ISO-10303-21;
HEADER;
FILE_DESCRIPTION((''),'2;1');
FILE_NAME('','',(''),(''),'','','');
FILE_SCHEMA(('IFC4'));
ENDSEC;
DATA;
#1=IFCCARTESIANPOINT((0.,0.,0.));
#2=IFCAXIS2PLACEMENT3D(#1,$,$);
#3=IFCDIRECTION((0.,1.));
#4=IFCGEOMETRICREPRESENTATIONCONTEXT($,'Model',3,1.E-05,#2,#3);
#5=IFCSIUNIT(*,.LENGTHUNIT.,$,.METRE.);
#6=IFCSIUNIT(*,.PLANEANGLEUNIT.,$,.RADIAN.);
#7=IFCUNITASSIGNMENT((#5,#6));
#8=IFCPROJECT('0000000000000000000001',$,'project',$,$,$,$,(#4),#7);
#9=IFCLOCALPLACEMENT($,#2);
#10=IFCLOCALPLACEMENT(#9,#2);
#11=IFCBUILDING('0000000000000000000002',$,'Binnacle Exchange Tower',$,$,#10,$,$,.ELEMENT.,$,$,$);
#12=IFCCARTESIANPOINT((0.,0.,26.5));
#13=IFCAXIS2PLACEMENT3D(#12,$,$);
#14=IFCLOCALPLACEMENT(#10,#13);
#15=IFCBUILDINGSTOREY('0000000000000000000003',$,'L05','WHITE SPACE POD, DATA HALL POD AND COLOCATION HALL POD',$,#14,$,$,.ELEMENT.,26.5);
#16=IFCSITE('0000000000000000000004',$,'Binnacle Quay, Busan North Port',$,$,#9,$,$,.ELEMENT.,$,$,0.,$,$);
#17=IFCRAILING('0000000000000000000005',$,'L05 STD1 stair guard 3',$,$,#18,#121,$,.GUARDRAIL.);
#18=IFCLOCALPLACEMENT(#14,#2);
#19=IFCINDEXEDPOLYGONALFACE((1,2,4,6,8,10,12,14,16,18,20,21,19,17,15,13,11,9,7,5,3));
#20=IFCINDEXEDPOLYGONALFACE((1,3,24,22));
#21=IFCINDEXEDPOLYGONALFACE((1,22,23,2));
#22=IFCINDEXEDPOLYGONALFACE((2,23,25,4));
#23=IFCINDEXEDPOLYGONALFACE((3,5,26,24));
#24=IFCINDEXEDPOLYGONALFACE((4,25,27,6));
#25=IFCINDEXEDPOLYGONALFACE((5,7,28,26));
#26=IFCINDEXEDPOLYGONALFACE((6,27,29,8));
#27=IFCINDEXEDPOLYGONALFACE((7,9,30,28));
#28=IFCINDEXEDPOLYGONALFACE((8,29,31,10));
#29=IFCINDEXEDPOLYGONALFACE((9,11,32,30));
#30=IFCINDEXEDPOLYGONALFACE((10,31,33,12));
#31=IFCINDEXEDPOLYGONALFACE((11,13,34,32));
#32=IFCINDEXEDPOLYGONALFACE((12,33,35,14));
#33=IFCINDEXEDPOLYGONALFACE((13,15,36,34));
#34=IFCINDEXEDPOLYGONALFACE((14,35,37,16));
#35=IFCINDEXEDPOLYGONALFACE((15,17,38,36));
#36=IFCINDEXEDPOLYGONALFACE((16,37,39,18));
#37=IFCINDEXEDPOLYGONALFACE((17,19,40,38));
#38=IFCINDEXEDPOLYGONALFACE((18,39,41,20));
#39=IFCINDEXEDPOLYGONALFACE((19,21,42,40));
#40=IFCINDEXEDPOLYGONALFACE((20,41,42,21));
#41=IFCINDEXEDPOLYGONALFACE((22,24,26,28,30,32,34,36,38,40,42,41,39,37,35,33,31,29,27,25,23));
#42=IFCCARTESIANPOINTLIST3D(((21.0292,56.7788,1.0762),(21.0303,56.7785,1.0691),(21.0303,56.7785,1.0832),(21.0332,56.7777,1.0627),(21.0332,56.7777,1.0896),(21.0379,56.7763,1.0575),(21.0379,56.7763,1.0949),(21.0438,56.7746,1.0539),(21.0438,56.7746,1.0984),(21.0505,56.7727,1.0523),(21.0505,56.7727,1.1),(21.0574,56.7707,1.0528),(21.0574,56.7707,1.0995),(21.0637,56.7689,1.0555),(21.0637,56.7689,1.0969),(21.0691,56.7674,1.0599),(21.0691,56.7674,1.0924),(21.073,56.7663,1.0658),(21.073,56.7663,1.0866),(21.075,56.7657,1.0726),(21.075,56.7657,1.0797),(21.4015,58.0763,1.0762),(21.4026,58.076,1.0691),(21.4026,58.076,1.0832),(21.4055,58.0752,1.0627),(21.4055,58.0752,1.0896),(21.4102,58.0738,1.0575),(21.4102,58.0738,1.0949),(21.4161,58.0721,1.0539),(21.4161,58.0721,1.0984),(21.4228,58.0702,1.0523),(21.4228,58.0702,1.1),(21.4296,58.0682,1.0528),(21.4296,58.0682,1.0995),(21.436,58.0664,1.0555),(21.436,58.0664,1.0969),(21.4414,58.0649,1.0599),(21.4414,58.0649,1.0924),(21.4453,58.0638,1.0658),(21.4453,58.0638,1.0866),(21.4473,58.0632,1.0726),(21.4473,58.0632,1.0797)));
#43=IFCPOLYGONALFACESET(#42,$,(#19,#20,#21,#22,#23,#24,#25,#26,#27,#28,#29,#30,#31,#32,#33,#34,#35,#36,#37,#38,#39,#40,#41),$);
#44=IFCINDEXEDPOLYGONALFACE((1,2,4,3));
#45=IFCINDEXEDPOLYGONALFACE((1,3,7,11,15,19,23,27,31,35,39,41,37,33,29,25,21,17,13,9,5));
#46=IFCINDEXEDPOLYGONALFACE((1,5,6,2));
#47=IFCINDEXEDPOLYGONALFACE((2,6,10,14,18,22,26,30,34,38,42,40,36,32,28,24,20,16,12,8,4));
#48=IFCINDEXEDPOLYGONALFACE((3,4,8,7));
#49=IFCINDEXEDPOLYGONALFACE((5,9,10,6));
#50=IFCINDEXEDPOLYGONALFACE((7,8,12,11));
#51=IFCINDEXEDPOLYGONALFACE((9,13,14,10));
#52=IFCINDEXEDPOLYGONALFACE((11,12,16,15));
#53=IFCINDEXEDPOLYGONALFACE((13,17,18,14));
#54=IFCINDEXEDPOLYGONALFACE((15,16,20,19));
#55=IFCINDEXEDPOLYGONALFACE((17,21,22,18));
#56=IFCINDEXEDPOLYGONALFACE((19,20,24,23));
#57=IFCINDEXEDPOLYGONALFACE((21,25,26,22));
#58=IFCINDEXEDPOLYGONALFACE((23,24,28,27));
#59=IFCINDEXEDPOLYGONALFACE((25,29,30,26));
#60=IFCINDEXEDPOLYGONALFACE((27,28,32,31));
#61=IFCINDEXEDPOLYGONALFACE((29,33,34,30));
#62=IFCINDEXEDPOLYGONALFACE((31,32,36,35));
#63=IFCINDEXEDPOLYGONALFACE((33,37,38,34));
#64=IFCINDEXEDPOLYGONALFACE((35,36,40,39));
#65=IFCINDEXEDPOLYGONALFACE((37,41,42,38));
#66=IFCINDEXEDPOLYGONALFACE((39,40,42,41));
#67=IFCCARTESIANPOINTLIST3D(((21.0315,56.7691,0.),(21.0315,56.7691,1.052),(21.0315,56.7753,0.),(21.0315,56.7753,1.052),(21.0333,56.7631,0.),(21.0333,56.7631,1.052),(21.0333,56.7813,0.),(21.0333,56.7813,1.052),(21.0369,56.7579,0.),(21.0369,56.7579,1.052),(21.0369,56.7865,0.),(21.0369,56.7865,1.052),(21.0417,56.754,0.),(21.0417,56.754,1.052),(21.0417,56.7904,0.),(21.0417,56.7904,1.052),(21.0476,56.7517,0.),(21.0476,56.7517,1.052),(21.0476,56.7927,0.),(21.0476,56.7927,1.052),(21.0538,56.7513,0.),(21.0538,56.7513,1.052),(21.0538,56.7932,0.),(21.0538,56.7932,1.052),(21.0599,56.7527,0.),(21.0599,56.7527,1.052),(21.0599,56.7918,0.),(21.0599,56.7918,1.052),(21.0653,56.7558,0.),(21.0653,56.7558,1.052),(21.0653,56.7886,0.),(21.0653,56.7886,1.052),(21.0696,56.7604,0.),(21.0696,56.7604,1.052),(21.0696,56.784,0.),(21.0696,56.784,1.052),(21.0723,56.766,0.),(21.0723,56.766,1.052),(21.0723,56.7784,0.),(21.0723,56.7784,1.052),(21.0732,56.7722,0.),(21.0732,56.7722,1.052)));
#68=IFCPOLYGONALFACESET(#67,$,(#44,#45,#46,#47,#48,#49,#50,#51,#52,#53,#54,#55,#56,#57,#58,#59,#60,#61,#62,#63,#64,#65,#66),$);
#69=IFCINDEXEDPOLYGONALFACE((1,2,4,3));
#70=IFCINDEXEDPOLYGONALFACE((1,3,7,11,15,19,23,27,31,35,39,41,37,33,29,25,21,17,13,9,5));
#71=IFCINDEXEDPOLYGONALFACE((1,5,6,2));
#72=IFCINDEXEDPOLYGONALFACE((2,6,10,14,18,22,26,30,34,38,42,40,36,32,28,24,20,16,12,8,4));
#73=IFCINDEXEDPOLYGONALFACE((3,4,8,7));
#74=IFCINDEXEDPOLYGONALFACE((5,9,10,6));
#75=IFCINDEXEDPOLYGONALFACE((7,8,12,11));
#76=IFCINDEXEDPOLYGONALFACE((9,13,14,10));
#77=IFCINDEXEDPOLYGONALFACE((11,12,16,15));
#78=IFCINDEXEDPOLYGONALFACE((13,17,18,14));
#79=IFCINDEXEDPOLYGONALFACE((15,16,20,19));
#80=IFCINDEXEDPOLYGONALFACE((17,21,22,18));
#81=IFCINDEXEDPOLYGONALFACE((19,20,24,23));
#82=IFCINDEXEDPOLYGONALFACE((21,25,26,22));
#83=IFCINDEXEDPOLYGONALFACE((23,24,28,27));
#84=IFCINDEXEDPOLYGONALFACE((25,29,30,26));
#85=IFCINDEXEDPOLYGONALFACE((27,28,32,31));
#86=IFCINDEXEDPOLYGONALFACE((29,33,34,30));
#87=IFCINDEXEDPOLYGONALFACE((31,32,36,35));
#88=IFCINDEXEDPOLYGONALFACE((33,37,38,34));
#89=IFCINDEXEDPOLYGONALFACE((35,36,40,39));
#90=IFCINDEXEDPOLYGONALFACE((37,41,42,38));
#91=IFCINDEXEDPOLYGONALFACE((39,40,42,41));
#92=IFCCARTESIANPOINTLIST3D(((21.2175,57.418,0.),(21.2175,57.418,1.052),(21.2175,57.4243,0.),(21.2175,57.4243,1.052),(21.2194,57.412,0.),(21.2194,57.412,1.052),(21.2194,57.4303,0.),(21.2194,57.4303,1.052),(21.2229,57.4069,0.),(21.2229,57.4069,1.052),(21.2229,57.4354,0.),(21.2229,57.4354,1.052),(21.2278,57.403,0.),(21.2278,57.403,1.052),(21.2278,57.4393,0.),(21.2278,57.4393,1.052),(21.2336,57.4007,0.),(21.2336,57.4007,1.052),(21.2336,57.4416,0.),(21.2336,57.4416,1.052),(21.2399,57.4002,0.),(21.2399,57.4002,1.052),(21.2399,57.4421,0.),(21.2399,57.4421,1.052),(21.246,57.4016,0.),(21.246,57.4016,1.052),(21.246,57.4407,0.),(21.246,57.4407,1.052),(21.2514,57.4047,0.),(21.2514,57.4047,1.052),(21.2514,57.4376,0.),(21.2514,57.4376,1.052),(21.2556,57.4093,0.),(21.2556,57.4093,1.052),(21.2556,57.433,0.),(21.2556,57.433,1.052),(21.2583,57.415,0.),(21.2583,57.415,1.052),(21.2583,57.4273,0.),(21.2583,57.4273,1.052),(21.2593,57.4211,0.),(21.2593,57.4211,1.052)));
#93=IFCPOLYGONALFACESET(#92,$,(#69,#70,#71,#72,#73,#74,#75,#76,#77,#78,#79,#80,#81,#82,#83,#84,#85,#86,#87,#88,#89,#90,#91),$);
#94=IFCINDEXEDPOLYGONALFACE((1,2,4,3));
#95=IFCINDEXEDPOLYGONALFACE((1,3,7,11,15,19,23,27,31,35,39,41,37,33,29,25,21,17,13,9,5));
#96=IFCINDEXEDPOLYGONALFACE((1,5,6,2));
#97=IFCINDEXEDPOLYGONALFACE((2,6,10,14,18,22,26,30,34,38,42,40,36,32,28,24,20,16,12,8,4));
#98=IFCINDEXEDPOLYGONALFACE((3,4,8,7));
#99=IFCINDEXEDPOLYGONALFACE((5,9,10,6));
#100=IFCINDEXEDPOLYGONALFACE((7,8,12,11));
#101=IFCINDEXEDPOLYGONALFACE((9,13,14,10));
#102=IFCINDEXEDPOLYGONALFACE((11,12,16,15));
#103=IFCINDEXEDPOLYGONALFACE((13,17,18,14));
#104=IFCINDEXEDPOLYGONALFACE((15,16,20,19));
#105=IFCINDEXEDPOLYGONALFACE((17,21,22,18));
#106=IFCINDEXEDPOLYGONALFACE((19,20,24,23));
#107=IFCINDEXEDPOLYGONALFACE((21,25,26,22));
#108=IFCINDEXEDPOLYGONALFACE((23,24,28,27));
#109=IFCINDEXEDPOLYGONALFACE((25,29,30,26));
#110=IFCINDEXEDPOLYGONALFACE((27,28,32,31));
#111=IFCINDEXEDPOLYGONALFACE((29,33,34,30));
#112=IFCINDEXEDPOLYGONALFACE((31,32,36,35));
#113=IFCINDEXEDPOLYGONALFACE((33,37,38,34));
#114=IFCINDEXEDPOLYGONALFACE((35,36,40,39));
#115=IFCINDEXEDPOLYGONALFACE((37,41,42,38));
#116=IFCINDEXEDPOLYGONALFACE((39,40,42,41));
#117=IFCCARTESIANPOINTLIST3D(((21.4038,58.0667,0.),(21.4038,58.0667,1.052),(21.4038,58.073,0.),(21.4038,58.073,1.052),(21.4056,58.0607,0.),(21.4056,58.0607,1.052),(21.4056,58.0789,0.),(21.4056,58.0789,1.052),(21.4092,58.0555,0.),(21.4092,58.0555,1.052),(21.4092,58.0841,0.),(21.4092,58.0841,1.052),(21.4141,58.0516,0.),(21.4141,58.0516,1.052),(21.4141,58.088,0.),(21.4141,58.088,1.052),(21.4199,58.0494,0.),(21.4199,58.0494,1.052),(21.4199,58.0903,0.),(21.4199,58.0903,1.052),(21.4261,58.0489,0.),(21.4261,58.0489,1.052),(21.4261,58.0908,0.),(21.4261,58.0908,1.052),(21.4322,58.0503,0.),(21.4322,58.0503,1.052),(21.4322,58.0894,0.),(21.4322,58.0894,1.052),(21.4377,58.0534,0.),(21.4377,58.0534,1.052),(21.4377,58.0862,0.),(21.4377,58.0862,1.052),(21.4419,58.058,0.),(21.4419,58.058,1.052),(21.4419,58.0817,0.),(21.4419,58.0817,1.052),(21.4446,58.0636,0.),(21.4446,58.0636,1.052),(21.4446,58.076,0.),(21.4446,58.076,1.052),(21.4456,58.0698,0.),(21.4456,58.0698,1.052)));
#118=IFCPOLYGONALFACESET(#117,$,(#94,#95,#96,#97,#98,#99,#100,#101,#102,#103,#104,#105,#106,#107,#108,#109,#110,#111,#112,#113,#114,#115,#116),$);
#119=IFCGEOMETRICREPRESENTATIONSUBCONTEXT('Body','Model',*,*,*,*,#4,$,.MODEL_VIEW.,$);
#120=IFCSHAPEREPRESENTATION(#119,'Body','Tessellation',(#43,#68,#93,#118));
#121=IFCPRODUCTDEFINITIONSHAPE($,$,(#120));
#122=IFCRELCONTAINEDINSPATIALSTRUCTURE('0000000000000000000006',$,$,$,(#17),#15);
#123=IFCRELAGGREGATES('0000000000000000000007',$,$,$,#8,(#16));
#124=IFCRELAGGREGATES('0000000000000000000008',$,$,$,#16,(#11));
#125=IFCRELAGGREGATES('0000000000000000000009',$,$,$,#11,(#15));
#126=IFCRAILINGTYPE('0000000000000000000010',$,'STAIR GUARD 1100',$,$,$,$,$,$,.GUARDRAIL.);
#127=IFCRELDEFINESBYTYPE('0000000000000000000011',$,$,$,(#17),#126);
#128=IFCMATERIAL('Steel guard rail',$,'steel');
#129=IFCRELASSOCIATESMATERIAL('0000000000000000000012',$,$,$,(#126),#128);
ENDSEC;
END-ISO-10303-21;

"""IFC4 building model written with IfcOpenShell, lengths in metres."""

from ifc_helpers import new_model, si_unit, direction, frame, origin, origin_2d, place, context, subcontext, project, spatial, circle, extrude, material, type_object, element, save


model = new_model("IFC4")

# Units and contexts
model_context = context("Model", 3, precision=1e-05, world=origin(), true_north=direction((0.0, 1.0)))
body_context = subcontext(model_context, "Body", "Model", "MODEL_VIEW")
ifc_project = project(units=[si_unit("LENGTHUNIT", "METRE"), si_unit("PLANEANGLEUNIT", "RADIAN")], contexts=[model_context])

# Site, building, storey
site_placement = place(None, origin())
site = spatial("IfcSite", under=ifc_project, at=site_placement, Name="Binnacle Quay, Busan North Port", CompositionType="ELEMENT", RefElevation=0.0)
building_placement = place(site_placement, origin())
building = spatial("IfcBuilding", under=site, at=building_placement, Name="Binnacle Exchange Tower", CompositionType="ELEMENT")
storey_placement = place(building_placement, frame((0.0, 0.0, 26.5)))
storey = spatial("IfcBuildingStorey", under=building, at=storey_placement, Name="L05", Description="WHITE SPACE POD, DATA HALL POD AND COLOCATION HALL POD", CompositionType="ELEMENT", Elevation=26.5)

# Railing
ifc_material_1 = material(Name="Steel guard rail", Category="steel")
railing_type_1 = type_object("IfcRailingType", Name="STAIR GUARD 1100", PredefinedType="GUARDRAIL", material=ifc_material_1)
railing_1_placement = place(storey_placement, frame((21.0522, 56.7722, 0.0)))
element("IfcRailing", 1, at=railing_1_placement, inside=storey, type_object=railing_type_1, Name="L05 STD1 stair guard 3", PredefinedType="GUARDRAIL", context=body_context, shape_type="SweptSolid", body=[
    extrude(circle(Radius=0.0239, at=origin_2d()), frame((0.0, 0.0, 1.0762), z_axis=(0.275796, 0.961216, 0.0), x_axis=(-0.961216, 0.275796, 0.0)), (0.0, 0.0, 1.0), 1.3499),
    extrude(circle(Radius=0.021, at=origin_2d()), origin(), (0.0, 0.0, 1.0), 1.052),
    extrude(circle(Radius=0.021, at=origin_2d()), frame((0.186, 0.6489, 0.0)), (0.0, 0.0, 1.0), 1.052),
    extrude(circle(Radius=0.021, at=origin_2d()), frame((0.3723, 1.2976, 0.0)), (0.0, 0.0, 1.0), 1.052),
])

save(model, "model.ifc")
